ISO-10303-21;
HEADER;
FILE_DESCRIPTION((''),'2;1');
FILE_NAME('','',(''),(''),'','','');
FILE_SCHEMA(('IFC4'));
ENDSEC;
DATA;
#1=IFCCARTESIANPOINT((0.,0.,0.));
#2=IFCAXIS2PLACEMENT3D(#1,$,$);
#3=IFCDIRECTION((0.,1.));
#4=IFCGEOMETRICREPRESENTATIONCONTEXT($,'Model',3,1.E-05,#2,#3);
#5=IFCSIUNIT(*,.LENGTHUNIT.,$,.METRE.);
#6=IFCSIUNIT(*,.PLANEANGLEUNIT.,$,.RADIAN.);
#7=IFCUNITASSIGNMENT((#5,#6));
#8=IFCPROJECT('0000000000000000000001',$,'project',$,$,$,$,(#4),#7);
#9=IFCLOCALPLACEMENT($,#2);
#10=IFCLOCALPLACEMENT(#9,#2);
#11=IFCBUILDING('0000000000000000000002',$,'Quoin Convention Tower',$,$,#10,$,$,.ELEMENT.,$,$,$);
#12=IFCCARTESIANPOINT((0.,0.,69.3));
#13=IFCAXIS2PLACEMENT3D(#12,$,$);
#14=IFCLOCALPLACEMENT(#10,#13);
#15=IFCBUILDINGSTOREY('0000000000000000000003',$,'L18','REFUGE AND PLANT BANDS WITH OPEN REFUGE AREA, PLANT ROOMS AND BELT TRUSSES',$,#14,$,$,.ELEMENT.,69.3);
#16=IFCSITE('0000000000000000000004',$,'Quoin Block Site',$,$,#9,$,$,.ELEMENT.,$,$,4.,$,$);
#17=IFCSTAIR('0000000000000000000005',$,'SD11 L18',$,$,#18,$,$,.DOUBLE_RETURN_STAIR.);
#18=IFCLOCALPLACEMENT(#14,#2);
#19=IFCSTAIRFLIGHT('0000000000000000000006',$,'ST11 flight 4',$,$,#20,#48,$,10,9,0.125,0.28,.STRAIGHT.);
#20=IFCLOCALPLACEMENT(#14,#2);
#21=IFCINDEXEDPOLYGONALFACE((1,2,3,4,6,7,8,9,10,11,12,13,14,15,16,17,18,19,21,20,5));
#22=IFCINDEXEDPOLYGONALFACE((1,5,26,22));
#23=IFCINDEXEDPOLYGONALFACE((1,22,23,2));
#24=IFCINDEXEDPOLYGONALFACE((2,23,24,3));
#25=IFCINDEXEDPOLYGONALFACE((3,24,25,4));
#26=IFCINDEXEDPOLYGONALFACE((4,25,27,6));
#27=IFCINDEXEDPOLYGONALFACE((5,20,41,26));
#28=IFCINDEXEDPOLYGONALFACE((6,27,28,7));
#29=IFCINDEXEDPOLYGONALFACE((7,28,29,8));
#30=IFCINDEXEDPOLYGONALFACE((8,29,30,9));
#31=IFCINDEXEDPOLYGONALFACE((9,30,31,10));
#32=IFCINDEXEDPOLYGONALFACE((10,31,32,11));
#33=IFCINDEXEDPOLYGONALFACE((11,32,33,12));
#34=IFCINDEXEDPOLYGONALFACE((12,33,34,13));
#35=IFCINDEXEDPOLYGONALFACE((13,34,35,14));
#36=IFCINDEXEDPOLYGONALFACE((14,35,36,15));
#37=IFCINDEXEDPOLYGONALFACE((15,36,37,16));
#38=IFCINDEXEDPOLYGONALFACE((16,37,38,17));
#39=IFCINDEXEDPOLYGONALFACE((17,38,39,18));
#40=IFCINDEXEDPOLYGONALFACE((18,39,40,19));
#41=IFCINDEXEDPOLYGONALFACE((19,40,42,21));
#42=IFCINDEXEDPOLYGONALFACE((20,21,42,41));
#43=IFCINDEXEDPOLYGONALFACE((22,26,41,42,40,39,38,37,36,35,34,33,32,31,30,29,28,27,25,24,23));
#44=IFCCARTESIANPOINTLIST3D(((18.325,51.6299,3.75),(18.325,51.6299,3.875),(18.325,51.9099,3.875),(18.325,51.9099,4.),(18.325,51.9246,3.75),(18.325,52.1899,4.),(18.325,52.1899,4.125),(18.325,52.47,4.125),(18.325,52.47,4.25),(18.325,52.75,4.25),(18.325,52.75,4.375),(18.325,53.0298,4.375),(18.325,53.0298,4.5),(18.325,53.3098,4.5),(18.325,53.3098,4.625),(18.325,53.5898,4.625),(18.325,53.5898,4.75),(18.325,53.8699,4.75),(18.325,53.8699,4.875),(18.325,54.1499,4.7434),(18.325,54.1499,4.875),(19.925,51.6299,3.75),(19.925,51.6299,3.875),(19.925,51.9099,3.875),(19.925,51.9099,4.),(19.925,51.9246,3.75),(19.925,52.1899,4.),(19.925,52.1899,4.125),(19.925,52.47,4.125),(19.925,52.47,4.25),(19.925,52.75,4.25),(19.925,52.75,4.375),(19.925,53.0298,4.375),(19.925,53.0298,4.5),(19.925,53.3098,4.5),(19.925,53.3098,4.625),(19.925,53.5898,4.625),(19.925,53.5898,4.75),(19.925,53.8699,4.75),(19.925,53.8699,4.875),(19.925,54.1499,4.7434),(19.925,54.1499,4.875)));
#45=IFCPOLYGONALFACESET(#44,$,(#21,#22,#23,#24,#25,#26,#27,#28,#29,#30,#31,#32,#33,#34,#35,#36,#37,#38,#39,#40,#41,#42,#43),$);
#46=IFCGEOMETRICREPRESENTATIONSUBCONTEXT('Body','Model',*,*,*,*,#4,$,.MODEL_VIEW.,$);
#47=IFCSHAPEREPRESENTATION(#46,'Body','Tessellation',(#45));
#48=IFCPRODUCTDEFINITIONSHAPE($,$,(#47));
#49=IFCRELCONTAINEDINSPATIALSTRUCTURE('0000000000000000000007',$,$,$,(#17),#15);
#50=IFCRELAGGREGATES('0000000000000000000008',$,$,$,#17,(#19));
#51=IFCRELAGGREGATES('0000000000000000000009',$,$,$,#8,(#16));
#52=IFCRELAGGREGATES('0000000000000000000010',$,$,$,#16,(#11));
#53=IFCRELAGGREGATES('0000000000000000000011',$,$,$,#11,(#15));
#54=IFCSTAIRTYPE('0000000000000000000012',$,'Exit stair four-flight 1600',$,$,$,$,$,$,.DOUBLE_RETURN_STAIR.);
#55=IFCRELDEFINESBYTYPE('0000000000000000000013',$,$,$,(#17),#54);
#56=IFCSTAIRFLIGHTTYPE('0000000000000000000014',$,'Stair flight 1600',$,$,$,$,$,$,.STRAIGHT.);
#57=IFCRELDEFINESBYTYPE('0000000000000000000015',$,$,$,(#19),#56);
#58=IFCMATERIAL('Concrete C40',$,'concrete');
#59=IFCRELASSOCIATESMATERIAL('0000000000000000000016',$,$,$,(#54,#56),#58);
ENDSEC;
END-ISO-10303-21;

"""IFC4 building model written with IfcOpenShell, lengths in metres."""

from ifc_helpers import new_model, si_unit, direction, frame, origin, place, context, subcontext, project, spatial, polyline, outline, extrude, material, type_object, element, aggregate, save


model = new_model("IFC4")

# Units and contexts
model_context = context("Model", 3, precision=1e-05, world=origin(), true_north=direction((0.0, 1.0)))
body_context = subcontext(model_context, "Body", "Model", "MODEL_VIEW")
ifc_project = project(units=[si_unit("LENGTHUNIT", "METRE"), si_unit("PLANEANGLEUNIT", "RADIAN")], contexts=[model_context])

# Site, building, storey
site_placement = place(None, origin())
site = spatial("IfcSite", under=ifc_project, at=site_placement, Name="Quoin Block Site", CompositionType="ELEMENT", RefElevation=4.0)
building_placement = place(site_placement, origin())
building = spatial("IfcBuilding", under=site, at=building_placement, Name="Quoin Convention Tower", CompositionType="ELEMENT")
storey_placement = place(building_placement, frame((0.0, 0.0, 69.3)))
storey = spatial("IfcBuildingStorey", under=building, at=storey_placement, Name="L18", Description="REFUGE AND PLANT BANDS WITH OPEN REFUGE AREA, PLANT ROOMS AND BELT TRUSSES", CompositionType="ELEMENT", Elevation=69.3)

# Stair, stair flight
ifc_material_1 = material(Name="Concrete C40", Category="concrete")
stair_type = type_object("IfcStairType", Name="Exit stair four-flight 1600", PredefinedType="DOUBLE_RETURN_STAIR", material=ifc_material_1)
stair_placement = place(storey_placement, origin())
stair = element("IfcStair", 1, at=stair_placement, inside=storey, type_object=stair_type, Name="SD11 L18", PredefinedType="DOUBLE_RETURN_STAIR")
stair_flight_type = type_object("IfcStairFlightType", Name="Stair flight 1600", PredefinedType="STRAIGHT", material=ifc_material_1)
stair_flight_1_placement = place(storey_placement, frame((19.125, 51.6299, 3.75), z_axis=(0.0, 0.0, 1.0), x_axis=(0.0, 1.0, 0.0)))
stair_flight_1 = element("IfcStairFlight", 2, at=stair_flight_1_placement, type_object=stair_flight_type, Name="ST11 flight 4", NumberOfRisers=10, NumberOfTreads=9, PredefinedType="STRAIGHT", RiserHeight=0.125, TreadLength=0.28, context=body_context, shape_type="SweptSolid", body=[
    extrude(outline(polyline([(0.0, 0.0), (0.0, 0.125), (0.28, 0.125), (0.28, 0.25), (0.5601, 0.25), (0.5601, 0.375), (0.8401, 0.375), (0.8401, 0.5), (1.1201, 0.5), (1.1201, 0.625), (1.3999, 0.625), (1.3999, 0.75), (1.6799, 0.75), (1.6799, 0.875), (1.96, 0.875), (1.96, 1.0), (2.24, 1.0), (2.24, 1.125), (2.52, 1.125), (2.52, 1.25), (2.52, 0.9934), (0.2947, 0.0), (0.0, 0.0)])), frame((0.0, 0.8, 0.0), z_axis=(0.0, -1.0, 0.0), x_axis=(1.0, 0.0, 0.0)), (0.0, 0.0, 1.0), 1.6001),
])
aggregate(stair, [stair_flight_1])

save(model, "model.ifc")
